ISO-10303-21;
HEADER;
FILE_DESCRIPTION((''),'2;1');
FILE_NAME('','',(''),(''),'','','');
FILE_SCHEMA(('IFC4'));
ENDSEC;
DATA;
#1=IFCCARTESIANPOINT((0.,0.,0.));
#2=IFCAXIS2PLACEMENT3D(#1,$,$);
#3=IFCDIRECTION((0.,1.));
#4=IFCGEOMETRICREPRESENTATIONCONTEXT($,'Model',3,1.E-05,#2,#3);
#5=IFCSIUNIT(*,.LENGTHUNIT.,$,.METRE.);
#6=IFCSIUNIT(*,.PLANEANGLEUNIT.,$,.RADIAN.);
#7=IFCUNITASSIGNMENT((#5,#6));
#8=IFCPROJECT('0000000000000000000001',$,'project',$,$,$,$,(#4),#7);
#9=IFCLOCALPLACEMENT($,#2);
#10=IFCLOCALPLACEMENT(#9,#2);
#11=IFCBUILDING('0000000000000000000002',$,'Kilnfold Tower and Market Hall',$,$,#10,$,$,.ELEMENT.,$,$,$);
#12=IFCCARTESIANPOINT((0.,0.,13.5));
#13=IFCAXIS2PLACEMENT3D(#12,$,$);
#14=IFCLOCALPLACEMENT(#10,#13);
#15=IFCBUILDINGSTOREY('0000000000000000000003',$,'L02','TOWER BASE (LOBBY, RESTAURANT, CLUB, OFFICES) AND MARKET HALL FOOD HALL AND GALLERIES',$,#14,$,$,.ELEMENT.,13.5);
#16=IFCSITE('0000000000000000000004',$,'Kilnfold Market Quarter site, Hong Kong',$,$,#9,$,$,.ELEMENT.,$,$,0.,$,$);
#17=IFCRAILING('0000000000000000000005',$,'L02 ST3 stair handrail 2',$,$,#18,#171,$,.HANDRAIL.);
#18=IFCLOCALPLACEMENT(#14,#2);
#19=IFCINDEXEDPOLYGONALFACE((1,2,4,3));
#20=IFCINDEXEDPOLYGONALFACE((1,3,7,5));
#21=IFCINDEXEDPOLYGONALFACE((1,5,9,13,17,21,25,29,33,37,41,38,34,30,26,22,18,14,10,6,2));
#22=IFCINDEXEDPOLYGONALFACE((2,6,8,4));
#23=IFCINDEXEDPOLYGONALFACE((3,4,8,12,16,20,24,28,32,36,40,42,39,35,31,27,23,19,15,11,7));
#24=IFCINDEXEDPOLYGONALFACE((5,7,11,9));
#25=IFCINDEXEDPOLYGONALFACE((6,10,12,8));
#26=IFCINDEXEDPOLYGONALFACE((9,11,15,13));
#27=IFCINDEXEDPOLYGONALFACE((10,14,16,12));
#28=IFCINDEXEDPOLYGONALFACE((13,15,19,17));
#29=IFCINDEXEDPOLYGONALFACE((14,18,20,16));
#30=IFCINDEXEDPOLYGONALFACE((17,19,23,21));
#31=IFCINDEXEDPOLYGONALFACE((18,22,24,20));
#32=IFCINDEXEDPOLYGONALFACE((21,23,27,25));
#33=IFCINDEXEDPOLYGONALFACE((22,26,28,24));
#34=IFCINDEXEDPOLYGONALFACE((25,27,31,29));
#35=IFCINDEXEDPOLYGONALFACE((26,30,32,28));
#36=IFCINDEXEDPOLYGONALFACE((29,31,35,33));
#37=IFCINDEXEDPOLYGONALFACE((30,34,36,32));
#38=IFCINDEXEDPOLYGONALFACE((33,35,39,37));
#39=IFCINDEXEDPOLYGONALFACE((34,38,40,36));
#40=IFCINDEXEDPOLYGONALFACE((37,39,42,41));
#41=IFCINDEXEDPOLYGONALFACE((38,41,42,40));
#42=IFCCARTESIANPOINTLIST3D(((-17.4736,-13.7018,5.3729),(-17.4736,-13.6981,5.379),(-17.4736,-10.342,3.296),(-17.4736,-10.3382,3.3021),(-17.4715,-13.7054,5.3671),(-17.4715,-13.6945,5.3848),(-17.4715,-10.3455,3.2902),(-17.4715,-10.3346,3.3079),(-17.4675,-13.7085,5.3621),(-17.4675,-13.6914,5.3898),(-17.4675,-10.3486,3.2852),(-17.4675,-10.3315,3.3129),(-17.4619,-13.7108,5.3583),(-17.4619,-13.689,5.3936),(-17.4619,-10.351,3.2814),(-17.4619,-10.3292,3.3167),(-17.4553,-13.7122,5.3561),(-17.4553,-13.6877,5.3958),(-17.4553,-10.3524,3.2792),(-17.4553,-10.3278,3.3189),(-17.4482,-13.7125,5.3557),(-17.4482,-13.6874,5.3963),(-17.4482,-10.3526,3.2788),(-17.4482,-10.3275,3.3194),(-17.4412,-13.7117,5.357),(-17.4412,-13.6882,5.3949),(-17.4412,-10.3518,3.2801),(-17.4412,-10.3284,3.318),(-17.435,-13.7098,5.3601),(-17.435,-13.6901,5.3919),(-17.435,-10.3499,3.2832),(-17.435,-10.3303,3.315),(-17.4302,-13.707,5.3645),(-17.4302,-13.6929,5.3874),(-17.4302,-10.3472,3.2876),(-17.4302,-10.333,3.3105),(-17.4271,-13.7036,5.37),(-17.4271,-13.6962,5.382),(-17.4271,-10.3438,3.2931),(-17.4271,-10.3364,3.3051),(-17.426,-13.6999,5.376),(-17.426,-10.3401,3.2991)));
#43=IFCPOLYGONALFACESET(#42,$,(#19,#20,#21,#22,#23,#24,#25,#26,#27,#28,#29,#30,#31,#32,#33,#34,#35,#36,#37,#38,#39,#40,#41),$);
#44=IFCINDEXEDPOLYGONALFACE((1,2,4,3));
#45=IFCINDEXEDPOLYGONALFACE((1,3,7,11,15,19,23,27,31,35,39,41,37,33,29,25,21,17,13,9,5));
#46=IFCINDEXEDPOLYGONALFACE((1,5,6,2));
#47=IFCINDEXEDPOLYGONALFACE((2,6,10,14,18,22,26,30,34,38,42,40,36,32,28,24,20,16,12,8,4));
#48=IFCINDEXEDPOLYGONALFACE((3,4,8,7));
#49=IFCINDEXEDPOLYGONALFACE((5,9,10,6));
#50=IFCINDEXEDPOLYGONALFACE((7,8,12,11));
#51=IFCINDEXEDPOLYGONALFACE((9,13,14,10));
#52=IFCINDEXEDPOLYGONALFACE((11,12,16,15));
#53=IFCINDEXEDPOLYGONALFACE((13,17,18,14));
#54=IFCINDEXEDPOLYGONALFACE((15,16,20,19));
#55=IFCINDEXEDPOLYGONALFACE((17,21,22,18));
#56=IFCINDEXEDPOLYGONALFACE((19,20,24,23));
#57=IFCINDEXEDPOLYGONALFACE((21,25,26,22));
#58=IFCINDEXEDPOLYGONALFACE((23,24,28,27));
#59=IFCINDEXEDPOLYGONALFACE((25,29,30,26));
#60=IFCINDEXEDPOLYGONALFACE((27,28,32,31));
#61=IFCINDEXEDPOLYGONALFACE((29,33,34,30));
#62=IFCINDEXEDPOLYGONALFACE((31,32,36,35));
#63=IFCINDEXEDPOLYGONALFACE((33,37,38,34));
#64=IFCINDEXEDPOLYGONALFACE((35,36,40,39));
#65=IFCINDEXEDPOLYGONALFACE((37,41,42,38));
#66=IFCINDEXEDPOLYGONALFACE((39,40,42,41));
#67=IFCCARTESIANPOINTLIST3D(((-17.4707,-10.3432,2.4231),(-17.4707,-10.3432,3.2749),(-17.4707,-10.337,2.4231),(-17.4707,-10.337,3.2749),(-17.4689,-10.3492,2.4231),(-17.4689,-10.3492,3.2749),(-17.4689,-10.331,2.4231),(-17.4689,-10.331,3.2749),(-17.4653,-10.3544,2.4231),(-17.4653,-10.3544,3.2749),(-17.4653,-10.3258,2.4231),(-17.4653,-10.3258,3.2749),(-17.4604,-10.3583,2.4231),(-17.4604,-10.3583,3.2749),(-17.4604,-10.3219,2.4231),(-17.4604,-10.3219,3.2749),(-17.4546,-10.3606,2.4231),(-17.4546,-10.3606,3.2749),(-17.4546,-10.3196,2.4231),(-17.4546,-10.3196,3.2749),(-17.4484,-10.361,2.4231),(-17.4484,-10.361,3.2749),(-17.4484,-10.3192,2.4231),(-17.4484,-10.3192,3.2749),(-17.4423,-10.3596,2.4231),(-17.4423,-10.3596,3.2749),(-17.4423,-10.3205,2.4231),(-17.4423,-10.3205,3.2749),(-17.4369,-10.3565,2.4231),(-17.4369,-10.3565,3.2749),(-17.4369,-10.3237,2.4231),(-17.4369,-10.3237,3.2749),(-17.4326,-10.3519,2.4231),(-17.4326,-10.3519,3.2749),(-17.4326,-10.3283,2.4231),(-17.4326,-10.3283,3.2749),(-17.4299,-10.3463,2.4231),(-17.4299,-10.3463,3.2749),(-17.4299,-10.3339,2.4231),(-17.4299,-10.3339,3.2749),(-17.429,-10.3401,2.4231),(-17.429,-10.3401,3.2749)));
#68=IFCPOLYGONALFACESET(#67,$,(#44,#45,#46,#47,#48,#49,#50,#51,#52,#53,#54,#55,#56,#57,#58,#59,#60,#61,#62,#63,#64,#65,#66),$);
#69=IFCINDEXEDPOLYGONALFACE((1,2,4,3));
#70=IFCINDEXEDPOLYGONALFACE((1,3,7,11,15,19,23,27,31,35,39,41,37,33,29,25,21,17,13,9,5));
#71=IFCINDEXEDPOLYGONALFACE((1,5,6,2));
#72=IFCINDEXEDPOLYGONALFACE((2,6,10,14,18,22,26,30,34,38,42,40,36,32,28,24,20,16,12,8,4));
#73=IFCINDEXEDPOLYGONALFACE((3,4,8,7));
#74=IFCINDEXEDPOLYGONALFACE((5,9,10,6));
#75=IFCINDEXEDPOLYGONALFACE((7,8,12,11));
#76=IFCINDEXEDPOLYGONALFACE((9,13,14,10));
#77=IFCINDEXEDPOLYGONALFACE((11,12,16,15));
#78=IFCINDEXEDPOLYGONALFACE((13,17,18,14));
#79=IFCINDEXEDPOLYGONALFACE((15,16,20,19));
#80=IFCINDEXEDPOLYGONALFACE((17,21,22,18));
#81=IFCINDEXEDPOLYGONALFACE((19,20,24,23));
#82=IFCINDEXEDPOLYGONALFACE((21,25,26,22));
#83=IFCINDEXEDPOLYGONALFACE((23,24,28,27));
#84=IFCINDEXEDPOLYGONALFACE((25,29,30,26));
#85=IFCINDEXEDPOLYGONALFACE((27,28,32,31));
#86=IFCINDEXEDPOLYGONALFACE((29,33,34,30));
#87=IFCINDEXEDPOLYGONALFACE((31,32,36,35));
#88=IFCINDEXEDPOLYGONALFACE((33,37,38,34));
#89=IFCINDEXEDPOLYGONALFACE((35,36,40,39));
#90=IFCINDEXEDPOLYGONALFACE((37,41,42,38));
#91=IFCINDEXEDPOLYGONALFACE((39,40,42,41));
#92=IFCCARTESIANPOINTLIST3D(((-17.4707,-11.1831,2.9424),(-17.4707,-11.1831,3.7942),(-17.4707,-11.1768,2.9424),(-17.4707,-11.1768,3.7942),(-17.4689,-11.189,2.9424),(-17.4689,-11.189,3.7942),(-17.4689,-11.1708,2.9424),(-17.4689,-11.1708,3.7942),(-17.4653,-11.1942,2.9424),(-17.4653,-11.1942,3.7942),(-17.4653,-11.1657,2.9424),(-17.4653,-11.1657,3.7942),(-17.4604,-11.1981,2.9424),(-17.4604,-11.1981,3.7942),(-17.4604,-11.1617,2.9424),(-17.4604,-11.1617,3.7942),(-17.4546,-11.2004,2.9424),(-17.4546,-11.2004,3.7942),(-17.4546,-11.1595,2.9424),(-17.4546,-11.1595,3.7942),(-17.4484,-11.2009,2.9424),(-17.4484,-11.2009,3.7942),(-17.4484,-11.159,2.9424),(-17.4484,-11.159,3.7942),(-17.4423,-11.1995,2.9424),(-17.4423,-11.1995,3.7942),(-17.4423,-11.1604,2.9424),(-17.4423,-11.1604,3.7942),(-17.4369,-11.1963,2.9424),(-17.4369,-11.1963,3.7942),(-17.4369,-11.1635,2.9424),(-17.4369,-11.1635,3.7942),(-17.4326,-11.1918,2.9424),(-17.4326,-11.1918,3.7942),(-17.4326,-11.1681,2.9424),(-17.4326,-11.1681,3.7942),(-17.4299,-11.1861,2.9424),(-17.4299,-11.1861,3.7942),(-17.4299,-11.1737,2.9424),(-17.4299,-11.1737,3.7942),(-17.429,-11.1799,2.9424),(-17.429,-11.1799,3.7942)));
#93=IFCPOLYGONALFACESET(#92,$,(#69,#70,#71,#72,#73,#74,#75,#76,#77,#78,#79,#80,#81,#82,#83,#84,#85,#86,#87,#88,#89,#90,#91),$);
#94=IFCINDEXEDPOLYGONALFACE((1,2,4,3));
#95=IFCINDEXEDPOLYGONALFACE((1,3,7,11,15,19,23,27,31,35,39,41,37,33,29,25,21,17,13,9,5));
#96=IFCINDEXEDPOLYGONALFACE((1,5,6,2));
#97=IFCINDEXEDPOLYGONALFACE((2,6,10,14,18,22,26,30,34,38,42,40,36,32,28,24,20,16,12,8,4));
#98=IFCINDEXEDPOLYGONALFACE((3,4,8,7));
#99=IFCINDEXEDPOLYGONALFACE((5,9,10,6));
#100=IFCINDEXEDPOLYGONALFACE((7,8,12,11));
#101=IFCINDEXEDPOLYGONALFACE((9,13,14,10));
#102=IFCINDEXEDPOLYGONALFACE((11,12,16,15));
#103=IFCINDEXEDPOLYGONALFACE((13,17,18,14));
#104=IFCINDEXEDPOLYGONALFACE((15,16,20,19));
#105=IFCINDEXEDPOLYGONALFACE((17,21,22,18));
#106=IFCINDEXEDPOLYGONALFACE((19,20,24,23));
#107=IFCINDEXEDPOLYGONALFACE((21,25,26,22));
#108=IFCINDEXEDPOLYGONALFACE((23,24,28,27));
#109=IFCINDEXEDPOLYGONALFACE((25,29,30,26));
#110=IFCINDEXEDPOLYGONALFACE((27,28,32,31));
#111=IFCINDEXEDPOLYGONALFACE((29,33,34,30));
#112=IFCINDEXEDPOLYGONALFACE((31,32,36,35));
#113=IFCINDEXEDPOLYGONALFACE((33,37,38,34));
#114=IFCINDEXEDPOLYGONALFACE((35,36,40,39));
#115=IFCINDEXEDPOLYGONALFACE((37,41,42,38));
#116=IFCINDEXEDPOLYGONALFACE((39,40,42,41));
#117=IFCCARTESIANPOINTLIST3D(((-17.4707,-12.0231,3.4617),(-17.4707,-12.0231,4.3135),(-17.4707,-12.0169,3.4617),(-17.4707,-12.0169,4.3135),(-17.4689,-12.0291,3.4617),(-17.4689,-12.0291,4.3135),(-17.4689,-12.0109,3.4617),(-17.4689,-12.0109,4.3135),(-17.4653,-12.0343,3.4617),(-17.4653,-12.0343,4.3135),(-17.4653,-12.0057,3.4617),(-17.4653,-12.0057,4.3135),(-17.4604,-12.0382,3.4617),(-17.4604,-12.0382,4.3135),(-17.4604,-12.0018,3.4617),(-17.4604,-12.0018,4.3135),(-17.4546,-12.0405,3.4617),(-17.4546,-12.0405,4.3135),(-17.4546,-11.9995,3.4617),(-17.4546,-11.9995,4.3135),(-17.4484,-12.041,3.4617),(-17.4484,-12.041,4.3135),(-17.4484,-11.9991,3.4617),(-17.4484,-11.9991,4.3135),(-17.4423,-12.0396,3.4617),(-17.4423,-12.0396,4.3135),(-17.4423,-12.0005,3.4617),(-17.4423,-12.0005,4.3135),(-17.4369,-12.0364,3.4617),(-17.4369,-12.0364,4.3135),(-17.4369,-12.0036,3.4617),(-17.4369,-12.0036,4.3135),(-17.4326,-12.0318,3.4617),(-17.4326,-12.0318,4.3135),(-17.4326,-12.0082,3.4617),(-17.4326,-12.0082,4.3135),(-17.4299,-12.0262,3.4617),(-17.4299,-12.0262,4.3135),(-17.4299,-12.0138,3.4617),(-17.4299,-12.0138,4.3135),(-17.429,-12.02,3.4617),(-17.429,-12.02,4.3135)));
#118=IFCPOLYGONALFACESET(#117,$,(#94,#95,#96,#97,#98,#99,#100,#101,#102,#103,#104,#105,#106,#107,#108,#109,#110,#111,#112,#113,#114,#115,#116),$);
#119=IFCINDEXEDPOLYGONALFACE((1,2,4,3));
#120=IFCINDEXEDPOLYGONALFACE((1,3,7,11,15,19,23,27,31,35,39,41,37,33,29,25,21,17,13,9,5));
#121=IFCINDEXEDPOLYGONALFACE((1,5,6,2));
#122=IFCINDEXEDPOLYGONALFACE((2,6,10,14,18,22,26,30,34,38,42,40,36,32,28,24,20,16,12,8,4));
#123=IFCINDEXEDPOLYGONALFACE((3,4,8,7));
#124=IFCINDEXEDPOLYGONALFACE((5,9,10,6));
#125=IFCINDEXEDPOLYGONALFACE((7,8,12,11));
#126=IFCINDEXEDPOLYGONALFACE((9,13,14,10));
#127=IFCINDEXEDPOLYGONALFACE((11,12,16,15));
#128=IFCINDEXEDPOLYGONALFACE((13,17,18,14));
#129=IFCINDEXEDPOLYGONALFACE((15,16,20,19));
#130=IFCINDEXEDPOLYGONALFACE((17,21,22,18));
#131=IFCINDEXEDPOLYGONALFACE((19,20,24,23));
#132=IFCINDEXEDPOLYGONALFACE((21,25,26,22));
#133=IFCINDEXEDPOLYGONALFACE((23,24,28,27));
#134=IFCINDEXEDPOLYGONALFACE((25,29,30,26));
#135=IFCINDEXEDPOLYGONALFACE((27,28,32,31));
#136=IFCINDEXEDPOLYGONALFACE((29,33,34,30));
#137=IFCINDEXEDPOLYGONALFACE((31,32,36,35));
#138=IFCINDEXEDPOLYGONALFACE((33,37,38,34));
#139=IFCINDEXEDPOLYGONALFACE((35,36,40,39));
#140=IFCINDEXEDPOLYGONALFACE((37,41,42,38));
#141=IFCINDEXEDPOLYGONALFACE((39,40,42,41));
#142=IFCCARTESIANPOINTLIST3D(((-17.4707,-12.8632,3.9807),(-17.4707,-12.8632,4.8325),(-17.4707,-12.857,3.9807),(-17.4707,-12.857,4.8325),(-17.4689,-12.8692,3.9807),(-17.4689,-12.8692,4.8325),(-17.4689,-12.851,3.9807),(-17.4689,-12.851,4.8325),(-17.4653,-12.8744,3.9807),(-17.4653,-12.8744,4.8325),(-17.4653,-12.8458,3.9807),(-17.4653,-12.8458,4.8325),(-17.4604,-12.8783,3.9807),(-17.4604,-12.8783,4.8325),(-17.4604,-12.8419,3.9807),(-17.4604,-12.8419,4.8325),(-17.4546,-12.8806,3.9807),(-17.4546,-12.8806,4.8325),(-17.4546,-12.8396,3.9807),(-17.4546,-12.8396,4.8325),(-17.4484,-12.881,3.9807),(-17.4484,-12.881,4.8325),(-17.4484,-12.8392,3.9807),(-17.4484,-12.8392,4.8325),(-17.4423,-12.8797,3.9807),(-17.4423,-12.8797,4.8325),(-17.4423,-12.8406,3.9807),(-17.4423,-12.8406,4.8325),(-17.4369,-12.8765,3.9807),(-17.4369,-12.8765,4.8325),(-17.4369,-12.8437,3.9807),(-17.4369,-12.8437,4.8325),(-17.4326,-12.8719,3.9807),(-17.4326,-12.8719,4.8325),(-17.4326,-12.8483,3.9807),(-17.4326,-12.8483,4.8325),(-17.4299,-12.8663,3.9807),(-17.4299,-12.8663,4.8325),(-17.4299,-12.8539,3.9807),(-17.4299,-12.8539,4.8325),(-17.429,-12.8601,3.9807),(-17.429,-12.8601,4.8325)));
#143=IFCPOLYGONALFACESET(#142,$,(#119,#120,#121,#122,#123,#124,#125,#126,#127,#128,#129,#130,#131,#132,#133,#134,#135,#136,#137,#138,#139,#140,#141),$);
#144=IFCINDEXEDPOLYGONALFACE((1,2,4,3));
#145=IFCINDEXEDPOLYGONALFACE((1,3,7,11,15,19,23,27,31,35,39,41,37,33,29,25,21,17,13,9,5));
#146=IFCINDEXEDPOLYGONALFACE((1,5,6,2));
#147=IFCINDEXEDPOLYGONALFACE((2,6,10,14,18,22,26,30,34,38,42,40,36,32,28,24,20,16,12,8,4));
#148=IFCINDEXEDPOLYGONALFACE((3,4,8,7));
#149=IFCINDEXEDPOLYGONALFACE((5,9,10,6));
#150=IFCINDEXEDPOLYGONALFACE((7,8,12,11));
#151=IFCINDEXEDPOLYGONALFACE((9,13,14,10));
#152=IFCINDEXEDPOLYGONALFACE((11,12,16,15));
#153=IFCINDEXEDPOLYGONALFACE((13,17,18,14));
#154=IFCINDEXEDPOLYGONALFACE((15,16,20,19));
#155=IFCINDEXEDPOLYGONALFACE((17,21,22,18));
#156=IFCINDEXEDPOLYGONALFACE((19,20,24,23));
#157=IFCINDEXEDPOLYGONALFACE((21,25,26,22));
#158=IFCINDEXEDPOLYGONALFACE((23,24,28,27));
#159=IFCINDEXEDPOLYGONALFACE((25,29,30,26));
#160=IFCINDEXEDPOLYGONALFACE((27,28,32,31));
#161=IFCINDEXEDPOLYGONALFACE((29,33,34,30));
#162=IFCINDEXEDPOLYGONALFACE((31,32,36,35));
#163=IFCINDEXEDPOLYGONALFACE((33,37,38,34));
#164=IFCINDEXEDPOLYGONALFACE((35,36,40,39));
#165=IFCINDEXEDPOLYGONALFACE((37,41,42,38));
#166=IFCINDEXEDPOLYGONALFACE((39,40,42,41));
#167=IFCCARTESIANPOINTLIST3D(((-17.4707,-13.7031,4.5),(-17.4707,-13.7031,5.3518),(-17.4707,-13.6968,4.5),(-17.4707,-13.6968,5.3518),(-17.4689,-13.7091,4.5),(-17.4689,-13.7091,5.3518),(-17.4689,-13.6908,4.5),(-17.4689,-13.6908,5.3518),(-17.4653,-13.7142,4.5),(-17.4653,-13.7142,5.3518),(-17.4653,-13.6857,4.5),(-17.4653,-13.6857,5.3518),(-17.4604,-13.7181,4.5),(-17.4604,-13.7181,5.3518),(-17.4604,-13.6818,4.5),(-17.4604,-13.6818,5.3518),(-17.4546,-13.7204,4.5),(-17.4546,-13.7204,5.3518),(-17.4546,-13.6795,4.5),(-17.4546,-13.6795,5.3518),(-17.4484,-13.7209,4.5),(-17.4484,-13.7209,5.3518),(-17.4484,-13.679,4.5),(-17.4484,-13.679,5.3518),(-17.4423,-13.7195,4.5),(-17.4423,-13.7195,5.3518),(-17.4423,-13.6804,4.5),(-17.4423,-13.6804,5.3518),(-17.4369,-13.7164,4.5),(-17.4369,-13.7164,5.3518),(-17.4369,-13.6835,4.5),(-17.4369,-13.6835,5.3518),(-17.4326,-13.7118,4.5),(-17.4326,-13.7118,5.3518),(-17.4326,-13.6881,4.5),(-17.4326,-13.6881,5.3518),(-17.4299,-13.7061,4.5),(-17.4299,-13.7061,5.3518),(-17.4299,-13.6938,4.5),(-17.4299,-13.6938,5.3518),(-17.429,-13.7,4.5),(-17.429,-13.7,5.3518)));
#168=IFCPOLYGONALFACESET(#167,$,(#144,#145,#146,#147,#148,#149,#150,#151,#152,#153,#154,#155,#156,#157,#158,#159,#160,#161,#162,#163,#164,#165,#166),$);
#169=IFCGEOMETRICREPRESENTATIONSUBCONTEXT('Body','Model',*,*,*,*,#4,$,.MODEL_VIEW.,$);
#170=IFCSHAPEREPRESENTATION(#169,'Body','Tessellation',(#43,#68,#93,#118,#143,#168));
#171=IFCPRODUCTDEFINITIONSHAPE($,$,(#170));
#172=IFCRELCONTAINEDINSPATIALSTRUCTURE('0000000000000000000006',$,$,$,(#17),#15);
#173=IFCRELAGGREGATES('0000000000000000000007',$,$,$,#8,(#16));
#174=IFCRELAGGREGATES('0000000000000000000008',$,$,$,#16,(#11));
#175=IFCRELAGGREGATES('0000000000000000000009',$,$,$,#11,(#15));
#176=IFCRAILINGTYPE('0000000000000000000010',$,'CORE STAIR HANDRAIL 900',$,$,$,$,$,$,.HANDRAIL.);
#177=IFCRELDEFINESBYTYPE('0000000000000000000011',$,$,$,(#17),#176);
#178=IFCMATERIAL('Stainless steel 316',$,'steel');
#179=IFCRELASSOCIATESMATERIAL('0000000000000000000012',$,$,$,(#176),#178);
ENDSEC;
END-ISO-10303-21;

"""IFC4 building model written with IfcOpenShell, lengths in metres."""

from ifc_helpers import new_model, si_unit, direction, frame, origin, origin_2d, place, context, subcontext, project, spatial, circle, extrude, material, type_object, element, save


model = new_model("IFC4")

# Units and contexts
model_context = context("Model", 3, precision=1e-05, world=origin(), true_north=direction((0.0, 1.0)))
body_context = subcontext(model_context, "Body", "Model", "MODEL_VIEW")
ifc_project = project(units=[si_unit("LENGTHUNIT", "METRE"), si_unit("PLANEANGLEUNIT", "RADIAN")], contexts=[model_context])

# Site, building, storey
site_placement = place(None, origin())
site = spatial("IfcSite", under=ifc_project, at=site_placement, Name="Kilnfold Market Quarter site, Hong Kong", CompositionType="ELEMENT", RefElevation=0.0)
building_placement = place(site_placement, origin())
building = spatial("IfcBuilding", under=site, at=building_placement, Name="Kilnfold Tower and Market Hall", CompositionType="ELEMENT")
storey_placement = place(building_placement, frame((0.0, 0.0, 13.5)))
storey = spatial("IfcBuildingStorey", under=building, at=storey_placement, Name="L02", Description="TOWER BASE (LOBBY, RESTAURANT, CLUB, OFFICES) AND MARKET HALL FOOD HALL AND GALLERIES", CompositionType="ELEMENT", Elevation=13.5)

# Railing
ifc_material_1 = material(Name="Stainless steel 316", Category="steel")
railing_type_1 = type_object("IfcRailingType", Name="CORE STAIR HANDRAIL 900", PredefinedType="HANDRAIL", material=ifc_material_1)
railing_1_placement = place(storey_placement, frame((-17.45, -10.3401, 2.4231)))
element("IfcRailing", 1, at=railing_1_placement, inside=storey, type_object=railing_type_1, Name="L02 ST3 stair handrail 2", PredefinedType="HANDRAIL", context=body_context, shape_type="SweptSolid", body=[
    extrude(circle(Radius=0.0239, at=origin_2d()), frame((0.0, 0.0, 0.876), z_axis=(0.0, -0.850606, 0.525803), x_axis=(1.0, 0.0, 0.0)), (0.0, 0.0, 1.0), 3.95),
    extrude(circle(Radius=0.021, at=origin_2d()), origin(), (0.0, 0.0, 1.0), 0.8518),
    extrude(circle(Radius=0.021, at=origin_2d()), frame((0.0, -0.8398, 0.5193)), (0.0, 0.0, 1.0), 0.8518),
    extrude(circle(Radius=0.021, at=origin_2d()), frame((0.0, -1.6799, 1.0386)), (0.0, 0.0, 1.0), 0.8518),
    extrude(circle(Radius=0.021, at=origin_2d()), frame((0.0, -2.52, 1.5576)), (0.0, 0.0, 1.0), 0.8518),
    extrude(circle(Radius=0.021, at=origin_2d()), frame((0.0, -3.3599, 2.0769)), (0.0, 0.0, 1.0), 0.8518),
])

save(model, "model.ifc")
